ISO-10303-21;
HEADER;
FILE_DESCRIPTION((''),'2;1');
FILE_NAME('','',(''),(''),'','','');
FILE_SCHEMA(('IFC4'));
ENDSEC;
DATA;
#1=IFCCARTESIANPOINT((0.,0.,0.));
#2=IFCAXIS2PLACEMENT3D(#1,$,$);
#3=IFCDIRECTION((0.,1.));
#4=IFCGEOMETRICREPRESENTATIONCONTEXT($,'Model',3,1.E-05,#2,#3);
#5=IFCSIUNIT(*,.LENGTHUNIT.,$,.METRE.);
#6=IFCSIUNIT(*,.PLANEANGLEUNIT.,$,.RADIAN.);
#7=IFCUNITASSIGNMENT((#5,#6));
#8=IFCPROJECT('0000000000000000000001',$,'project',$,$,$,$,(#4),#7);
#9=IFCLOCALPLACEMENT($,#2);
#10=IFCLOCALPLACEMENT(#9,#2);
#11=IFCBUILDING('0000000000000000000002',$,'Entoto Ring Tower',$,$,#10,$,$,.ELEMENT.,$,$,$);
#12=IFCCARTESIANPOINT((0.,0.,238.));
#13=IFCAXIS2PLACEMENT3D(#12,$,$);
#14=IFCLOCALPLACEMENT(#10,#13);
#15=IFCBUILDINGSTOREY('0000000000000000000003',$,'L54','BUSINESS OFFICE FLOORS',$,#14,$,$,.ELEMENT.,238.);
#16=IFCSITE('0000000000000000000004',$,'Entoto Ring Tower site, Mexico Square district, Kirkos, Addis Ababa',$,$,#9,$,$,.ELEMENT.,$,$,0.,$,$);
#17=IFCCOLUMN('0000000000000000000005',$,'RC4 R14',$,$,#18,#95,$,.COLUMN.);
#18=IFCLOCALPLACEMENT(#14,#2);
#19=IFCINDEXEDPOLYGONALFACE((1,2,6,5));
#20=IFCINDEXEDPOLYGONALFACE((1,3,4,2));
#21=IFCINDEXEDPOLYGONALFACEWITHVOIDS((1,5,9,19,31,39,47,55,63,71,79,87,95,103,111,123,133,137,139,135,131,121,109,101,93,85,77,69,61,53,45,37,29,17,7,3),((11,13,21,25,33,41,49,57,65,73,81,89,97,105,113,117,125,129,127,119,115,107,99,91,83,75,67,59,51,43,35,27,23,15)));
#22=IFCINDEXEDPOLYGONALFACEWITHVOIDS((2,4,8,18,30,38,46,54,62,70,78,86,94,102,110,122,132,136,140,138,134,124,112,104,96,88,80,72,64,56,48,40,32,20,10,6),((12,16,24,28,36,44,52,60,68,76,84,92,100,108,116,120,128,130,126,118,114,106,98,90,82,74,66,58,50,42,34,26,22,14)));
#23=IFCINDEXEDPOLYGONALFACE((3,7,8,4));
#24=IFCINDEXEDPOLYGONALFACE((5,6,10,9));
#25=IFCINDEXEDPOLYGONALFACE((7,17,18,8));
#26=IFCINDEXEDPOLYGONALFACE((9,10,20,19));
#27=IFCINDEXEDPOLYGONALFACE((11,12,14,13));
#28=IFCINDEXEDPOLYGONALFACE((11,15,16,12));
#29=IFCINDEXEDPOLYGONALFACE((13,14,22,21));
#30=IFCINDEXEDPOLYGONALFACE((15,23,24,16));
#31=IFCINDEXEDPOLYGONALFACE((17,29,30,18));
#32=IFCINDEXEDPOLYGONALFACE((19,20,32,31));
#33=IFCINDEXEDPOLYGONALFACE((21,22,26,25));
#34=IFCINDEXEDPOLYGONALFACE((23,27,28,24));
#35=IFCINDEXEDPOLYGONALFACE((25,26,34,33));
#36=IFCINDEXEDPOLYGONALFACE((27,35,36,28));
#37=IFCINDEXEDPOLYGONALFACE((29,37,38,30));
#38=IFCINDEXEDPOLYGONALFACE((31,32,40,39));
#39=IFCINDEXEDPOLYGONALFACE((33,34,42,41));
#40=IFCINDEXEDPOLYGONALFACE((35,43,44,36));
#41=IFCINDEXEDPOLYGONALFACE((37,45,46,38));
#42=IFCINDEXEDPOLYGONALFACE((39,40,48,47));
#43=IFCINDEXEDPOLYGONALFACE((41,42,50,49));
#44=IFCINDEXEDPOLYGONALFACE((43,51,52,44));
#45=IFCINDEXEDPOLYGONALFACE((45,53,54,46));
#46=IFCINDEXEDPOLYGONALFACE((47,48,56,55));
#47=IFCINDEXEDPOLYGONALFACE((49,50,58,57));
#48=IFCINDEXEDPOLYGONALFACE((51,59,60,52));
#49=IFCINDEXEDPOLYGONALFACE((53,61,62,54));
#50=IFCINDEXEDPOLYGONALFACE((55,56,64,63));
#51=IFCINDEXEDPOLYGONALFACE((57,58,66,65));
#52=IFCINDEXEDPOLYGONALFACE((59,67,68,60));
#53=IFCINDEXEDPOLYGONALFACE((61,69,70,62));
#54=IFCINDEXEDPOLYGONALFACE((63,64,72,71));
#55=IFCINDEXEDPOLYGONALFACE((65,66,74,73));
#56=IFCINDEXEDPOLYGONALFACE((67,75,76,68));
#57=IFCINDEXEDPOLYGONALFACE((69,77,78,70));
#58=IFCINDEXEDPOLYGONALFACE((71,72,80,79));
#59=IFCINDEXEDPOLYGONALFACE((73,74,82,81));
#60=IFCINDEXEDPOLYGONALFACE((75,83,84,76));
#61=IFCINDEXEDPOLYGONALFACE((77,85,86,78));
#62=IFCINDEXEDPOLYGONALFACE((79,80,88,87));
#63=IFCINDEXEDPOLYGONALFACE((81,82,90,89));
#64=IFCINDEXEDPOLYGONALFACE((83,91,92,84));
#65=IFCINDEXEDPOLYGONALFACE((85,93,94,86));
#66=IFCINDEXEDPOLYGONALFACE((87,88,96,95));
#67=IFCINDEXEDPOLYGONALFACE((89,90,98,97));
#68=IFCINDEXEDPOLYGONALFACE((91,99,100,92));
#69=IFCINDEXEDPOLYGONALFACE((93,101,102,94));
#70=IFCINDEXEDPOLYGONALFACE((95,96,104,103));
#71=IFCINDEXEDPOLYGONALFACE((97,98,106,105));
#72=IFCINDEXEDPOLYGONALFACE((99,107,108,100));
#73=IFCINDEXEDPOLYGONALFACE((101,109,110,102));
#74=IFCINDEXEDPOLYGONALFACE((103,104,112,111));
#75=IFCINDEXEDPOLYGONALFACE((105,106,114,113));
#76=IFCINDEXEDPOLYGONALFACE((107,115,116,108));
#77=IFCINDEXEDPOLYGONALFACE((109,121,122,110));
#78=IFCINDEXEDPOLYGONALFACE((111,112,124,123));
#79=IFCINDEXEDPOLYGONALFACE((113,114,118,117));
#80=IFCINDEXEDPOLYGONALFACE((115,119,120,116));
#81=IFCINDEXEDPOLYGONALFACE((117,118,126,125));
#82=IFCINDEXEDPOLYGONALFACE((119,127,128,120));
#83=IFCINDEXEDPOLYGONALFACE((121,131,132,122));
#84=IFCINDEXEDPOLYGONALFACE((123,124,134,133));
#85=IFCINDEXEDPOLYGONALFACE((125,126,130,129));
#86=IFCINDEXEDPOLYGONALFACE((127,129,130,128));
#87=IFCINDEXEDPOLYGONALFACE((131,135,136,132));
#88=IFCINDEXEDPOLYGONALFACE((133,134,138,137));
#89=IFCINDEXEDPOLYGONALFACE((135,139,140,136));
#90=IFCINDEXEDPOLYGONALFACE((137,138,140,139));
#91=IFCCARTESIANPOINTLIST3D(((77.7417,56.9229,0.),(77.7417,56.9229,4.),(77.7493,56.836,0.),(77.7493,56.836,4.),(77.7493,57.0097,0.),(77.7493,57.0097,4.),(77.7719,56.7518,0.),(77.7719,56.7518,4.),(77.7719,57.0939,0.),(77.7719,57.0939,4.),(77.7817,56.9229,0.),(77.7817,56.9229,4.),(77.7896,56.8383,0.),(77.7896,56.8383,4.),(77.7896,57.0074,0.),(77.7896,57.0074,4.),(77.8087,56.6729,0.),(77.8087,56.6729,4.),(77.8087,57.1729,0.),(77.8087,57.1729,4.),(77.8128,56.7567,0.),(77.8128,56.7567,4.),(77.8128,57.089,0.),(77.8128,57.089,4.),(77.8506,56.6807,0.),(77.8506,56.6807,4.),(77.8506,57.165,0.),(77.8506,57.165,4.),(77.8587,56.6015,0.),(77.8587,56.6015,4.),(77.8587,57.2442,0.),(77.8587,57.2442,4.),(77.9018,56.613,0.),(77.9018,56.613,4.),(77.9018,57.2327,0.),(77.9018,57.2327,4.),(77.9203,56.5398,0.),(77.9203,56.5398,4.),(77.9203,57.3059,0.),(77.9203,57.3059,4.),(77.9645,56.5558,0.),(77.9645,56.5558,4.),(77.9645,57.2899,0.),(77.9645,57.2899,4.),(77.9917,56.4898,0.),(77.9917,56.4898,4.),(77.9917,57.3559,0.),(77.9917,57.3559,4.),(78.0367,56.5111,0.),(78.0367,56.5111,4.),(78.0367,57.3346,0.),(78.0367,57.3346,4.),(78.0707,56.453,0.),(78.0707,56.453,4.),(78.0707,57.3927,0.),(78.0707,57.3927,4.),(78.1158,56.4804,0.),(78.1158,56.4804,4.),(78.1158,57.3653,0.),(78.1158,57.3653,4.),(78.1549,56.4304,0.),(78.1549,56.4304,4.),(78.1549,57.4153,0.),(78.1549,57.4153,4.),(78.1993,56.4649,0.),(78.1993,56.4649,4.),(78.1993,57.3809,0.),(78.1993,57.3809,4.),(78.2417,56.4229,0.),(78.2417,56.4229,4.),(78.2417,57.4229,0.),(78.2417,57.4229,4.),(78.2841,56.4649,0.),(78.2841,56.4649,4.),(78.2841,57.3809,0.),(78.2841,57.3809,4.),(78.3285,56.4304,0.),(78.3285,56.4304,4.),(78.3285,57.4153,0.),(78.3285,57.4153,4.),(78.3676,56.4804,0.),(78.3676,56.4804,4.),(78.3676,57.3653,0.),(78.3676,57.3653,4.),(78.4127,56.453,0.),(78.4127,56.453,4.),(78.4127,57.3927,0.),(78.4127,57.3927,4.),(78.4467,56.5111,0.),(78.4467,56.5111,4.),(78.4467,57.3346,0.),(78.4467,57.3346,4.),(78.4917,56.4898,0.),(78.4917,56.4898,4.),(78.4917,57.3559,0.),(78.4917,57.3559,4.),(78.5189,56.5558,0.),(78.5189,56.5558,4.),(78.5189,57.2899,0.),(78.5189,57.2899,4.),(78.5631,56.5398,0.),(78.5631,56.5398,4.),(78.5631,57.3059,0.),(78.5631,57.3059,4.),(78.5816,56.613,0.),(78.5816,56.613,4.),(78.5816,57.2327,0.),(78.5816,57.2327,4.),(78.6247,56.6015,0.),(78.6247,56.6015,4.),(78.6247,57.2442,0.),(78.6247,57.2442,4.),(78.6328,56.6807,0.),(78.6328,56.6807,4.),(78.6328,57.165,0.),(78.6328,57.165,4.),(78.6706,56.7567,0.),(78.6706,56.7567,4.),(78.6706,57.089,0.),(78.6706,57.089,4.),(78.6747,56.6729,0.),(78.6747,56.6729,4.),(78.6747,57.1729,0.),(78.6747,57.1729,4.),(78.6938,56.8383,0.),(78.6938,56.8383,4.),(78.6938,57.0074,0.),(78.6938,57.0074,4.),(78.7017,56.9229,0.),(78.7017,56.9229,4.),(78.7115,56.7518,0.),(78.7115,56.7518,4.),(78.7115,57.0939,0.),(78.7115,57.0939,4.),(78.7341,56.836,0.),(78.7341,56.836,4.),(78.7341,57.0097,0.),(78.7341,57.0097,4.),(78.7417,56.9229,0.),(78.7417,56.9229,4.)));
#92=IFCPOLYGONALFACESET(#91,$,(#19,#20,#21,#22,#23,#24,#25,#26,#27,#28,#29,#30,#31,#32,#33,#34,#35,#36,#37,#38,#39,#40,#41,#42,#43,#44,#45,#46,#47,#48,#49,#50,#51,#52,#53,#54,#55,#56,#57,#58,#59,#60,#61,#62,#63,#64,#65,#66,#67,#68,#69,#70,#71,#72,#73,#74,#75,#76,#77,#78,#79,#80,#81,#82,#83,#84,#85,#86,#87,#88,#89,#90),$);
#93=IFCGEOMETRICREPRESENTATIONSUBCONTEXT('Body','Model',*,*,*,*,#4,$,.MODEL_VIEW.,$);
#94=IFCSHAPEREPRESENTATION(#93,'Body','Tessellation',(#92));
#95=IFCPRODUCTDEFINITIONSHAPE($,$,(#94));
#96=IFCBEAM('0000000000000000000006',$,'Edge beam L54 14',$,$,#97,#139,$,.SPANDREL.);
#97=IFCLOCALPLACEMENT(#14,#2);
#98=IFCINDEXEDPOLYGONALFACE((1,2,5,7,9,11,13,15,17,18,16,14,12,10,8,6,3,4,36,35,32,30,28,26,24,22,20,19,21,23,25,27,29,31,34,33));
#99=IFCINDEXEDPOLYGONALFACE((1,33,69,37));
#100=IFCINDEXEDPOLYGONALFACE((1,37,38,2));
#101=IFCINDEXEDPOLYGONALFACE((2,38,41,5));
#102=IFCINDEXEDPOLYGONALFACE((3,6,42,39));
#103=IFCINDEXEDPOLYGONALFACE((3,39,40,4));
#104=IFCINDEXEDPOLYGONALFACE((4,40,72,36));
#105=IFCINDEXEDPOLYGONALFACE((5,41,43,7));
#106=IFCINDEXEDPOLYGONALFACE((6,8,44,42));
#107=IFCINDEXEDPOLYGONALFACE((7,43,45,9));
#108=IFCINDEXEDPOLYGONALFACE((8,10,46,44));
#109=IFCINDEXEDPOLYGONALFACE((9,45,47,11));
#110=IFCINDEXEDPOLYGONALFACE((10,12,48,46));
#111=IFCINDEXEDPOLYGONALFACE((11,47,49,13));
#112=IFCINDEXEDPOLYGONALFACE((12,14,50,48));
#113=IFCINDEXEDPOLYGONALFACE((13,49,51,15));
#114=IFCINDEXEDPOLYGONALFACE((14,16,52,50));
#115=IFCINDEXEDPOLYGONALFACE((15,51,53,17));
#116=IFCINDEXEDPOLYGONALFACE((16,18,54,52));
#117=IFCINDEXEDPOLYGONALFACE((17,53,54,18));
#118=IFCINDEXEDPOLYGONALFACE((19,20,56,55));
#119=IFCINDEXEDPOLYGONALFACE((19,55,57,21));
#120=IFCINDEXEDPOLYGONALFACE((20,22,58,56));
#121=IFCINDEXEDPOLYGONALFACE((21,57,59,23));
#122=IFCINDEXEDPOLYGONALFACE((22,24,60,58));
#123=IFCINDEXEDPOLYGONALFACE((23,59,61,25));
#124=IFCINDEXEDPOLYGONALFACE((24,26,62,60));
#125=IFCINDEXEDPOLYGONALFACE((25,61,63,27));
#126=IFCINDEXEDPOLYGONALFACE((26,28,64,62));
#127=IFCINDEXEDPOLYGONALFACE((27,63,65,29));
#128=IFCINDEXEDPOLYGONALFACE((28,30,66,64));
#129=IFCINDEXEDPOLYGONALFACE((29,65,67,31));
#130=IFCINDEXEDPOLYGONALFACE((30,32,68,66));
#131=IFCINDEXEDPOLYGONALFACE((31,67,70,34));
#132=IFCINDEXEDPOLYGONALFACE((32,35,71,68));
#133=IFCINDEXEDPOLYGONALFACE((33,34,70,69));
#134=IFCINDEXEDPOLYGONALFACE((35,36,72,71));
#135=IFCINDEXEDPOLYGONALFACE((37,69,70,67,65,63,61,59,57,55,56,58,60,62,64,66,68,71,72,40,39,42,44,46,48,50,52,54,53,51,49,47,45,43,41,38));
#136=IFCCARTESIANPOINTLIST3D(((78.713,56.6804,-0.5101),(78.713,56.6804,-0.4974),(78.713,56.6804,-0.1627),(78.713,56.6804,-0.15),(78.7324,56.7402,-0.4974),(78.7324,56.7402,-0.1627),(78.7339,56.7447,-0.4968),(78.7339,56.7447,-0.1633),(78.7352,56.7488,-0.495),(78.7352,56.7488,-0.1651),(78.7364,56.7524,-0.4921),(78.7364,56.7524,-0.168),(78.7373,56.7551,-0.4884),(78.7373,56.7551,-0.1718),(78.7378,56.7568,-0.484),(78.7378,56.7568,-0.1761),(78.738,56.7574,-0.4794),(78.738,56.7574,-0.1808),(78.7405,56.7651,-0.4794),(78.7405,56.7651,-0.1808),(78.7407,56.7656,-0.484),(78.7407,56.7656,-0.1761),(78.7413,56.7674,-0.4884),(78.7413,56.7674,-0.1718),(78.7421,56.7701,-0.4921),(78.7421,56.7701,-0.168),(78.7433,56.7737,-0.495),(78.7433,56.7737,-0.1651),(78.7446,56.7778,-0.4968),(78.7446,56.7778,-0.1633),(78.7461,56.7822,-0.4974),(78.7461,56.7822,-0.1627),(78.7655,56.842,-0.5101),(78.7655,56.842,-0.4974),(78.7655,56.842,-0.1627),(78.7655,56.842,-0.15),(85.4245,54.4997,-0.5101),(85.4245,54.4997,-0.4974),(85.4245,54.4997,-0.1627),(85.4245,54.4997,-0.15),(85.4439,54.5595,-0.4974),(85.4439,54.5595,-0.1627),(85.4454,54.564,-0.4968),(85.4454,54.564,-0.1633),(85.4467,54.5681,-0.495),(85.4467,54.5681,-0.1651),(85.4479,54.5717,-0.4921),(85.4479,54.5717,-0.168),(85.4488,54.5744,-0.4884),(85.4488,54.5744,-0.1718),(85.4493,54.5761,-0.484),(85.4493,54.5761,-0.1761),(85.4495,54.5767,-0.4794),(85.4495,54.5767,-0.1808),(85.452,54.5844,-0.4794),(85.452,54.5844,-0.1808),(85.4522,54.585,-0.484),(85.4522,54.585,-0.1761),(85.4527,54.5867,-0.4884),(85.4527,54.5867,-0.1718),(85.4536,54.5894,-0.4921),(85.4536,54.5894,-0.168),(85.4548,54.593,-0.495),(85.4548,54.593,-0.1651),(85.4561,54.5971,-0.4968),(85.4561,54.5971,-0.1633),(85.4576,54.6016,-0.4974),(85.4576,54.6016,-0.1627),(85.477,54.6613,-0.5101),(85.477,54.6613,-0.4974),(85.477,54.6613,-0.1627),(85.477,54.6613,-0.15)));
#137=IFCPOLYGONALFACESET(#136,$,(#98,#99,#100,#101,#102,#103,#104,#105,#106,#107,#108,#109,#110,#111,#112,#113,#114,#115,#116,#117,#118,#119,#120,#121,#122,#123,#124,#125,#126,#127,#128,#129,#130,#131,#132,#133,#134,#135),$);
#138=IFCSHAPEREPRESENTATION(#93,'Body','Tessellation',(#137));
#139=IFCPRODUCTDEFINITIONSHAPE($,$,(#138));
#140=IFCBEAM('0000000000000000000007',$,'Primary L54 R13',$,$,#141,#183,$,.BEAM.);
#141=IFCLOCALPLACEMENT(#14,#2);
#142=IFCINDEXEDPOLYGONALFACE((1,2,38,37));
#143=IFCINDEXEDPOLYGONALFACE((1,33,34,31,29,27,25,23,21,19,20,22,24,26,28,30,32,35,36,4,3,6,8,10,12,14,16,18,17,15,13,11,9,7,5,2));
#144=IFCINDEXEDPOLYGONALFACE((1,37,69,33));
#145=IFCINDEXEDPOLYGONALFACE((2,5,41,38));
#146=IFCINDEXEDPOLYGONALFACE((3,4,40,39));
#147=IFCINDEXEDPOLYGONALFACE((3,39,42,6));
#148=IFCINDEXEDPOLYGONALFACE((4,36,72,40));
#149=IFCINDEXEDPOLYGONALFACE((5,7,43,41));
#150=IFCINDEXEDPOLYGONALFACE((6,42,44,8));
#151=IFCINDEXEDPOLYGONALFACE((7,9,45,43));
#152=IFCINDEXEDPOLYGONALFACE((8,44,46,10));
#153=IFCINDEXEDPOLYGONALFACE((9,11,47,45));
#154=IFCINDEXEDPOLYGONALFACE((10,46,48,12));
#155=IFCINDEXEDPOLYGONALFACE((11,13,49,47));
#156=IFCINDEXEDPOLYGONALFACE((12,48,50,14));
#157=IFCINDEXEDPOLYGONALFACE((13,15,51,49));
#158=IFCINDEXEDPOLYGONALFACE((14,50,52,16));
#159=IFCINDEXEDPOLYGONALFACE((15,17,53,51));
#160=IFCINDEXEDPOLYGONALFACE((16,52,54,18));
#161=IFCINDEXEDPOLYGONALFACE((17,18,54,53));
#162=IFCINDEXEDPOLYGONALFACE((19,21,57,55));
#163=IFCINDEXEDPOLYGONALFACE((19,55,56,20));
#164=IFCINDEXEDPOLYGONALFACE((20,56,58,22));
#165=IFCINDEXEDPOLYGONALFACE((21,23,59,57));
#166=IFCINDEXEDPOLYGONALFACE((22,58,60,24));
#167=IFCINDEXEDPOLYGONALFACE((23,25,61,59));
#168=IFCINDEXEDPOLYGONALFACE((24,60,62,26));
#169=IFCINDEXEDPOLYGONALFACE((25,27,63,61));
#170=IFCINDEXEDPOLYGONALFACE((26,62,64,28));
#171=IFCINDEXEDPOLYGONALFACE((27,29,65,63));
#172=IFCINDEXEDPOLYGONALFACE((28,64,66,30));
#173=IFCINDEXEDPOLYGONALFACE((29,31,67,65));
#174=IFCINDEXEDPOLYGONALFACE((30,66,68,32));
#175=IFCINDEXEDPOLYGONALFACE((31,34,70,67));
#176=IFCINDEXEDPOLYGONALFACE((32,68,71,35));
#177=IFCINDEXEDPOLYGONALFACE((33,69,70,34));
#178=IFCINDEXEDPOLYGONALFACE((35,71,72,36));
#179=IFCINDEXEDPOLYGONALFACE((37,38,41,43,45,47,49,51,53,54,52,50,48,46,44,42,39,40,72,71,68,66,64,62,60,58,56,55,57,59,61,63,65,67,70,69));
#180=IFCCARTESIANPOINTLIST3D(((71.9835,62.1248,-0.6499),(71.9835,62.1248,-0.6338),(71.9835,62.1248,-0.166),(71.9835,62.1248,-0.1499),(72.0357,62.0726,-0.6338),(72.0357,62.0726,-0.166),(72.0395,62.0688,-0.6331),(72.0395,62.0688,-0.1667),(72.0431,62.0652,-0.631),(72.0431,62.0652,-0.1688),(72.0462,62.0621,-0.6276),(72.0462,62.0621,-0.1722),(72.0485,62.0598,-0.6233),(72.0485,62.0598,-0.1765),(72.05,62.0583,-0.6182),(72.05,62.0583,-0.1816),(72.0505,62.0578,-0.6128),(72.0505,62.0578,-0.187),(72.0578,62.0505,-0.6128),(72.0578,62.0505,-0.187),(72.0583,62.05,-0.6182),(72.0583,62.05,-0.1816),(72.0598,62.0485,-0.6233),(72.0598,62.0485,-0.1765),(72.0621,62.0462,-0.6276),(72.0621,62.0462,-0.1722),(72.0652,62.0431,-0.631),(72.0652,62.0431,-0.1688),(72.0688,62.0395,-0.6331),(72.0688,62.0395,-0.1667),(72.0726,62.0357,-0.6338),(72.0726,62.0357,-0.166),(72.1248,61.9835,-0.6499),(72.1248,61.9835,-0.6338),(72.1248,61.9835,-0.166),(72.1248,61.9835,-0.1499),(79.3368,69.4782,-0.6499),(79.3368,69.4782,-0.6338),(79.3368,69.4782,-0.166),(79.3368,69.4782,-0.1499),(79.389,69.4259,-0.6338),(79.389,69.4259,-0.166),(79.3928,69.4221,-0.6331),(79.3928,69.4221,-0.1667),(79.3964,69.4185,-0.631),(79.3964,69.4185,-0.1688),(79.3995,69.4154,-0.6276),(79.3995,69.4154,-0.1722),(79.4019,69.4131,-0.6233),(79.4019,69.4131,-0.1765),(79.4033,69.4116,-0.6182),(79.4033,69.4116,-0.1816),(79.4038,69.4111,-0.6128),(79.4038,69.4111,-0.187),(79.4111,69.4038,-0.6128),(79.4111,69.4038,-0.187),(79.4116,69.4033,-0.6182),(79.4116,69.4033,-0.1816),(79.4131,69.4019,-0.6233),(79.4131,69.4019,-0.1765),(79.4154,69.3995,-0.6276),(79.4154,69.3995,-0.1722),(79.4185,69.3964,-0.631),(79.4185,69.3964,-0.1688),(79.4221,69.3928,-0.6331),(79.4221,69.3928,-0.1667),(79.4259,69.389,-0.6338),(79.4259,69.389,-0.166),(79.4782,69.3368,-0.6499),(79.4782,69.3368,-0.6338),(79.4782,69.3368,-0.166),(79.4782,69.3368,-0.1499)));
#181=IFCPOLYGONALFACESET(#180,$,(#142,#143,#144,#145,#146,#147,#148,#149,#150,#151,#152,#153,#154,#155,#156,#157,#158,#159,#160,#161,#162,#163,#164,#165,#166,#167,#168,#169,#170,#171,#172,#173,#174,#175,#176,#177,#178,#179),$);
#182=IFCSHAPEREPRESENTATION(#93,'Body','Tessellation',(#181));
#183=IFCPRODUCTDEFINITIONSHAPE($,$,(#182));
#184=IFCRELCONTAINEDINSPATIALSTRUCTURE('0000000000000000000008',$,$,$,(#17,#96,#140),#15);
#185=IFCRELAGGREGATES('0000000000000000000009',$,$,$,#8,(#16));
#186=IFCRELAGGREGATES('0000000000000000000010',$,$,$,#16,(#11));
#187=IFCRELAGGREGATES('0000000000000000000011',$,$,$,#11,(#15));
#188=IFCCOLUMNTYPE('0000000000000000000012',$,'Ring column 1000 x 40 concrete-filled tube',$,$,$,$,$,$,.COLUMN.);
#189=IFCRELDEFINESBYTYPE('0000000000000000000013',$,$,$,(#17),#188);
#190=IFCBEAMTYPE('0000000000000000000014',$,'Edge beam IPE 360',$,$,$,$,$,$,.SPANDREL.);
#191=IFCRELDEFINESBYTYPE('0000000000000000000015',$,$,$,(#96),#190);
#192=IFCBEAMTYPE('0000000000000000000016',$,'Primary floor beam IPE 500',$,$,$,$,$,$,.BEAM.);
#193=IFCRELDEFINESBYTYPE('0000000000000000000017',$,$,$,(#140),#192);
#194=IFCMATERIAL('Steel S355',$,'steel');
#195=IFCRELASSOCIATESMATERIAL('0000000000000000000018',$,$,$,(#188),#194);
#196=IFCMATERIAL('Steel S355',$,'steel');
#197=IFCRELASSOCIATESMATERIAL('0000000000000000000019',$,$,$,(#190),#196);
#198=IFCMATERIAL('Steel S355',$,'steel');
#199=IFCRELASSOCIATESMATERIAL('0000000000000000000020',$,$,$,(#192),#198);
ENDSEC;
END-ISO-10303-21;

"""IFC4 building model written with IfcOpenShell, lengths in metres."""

from ifc_helpers import new_model, si_unit, direction, frame, origin, origin_2d, place, context, subcontext, project, spatial, circle, hollow_circle, i_section, extrude, material, material_profile, profile_set, type_object, element, save


model = new_model("IFC4")

# Units and contexts
model_context = context("Model", 3, precision=1e-05, world=origin(), true_north=direction((0.0, 1.0)))
body_context = subcontext(model_context, "Body", "Model", "MODEL_VIEW")
ifc_project = project(units=[si_unit("LENGTHUNIT", "METRE"), si_unit("PLANEANGLEUNIT", "RADIAN")], contexts=[model_context])

# Site, building, storey
site_placement = place(None, origin())
site = spatial("IfcSite", under=ifc_project, at=site_placement, Name="Entoto Ring Tower site, Mexico Square district, Kirkos, Addis Ababa", CompositionType="ELEMENT", RefElevation=0.0)
building_placement = place(site_placement, origin())
building = spatial("IfcBuilding", under=site, at=building_placement, Name="Entoto Ring Tower", CompositionType="ELEMENT")
storey_placement = place(building_placement, frame((0.0, 0.0, 238.0)))
storey = spatial("IfcBuildingStorey", under=building, at=storey_placement, Name="L54", Description="BUSINESS OFFICE FLOORS", CompositionType="ELEMENT", Elevation=238.0)

# Column
ifc_material_1 = material(Name="Steel S355", Category="steel")
ifc_material_profile_1 = material_profile(ifc_material_1, hollow_circle(Radius=0.5, WallThickness=0.04, at=origin_2d()), Name="CHS 1000 x 40")
ifc_material_2 = material(Name="Concrete C60/75", Category="concrete")
ifc_material_profile_2 = material_profile(ifc_material_2, circle(Radius=0.46, at=origin_2d()), Name="Concrete C60/75 infill")
ifc_profile_set_1 = profile_set([ifc_material_profile_1, ifc_material_profile_2], Name="Steel S355")
column_type = type_object("IfcColumnType", Name="Ring column 1000 x 40 concrete-filled tube", PredefinedType="COLUMN", material=ifc_profile_set_1)
column_placement = place(storey_placement, frame((78.2417, 56.9229, 0.0), z_axis=(0.0, 0.0, 1.0), x_axis=(1.0, 0.0, 0.0)))
element("IfcColumn", 1, at=column_placement, inside=storey, type_object=column_type, Name="RC4 R14", PredefinedType="COLUMN", context=body_context, shape_type="SweptSolid", body=[
    extrude(hollow_circle(Radius=0.5, WallThickness=0.04, at=origin_2d()), origin(), (0.0, 0.0, 1.0), 4.0),
])

# Beams
ifc_material_3 = material(Name="Steel S355", Category="steel")
ifc_material_profile_3 = material_profile(ifc_material_3, i_section(OverallWidth=0.1699, OverallDepth=0.3601, WebThickness=0.0081, FlangeThickness=0.0127, FilletRadius=0.0181, at=origin_2d()), Name="IPE 360")
ifc_profile_set_2 = profile_set([ifc_material_profile_3], Name="Steel S355")
beam_type_1 = type_object("IfcBeamType", Name="Edge beam IPE 360", PredefinedType="SPANDREL", material=ifc_profile_set_2)
beam_1_placement = place(storey_placement, frame((78.7393, 56.7612, -0.3301), z_axis=(0.951057, -0.309016, 0.0), x_axis=(0.309016, 0.951057, 0.0)))
element("IfcBeam", 2, at=beam_1_placement, inside=storey, type_object=beam_type_1, Name="Edge beam L54 14", PredefinedType="SPANDREL", context=body_context, shape_type="SweptSolid", body=[
    extrude(i_section(OverallWidth=0.1699, OverallDepth=0.3601, WebThickness=0.0081, FlangeThickness=0.0127, FilletRadius=0.0181, at=origin_2d()), origin(), (0.0, 0.0, 1.0), 7.0569),
])
ifc_material_4 = material(Name="Steel S355", Category="steel")
ifc_material_profile_4 = material_profile(ifc_material_4, i_section(OverallWidth=0.2, OverallDepth=0.5, WebThickness=0.0103, FlangeThickness=0.0161, FilletRadius=0.021, at=origin_2d()), Name="IPE 500")
ifc_profile_set_3 = profile_set([ifc_material_profile_4], Name="Steel S355")
beam_type_2 = type_object("IfcBeamType", Name="Primary floor beam IPE 500", PredefinedType="BEAM", material=ifc_profile_set_3)
beam_2_placement = place(storey_placement, frame((79.4075, 69.4075, -0.3999), z_axis=(-0.707107, -0.707107, 0.0), x_axis=(0.707107, -0.707107, 0.0)))
element("IfcBeam", 3, at=beam_2_placement, inside=storey, type_object=beam_type_2, Name="Primary L54 R13", PredefinedType="BEAM", context=body_context, shape_type="SweptSolid", body=[
    extrude(i_section(OverallWidth=0.2, OverallDepth=0.5, WebThickness=0.0103, FlangeThickness=0.0161, FilletRadius=0.021, at=origin_2d()), origin(), (0.0, 0.0, 1.0), 10.3992),
])

save(model, "model.ifc")
